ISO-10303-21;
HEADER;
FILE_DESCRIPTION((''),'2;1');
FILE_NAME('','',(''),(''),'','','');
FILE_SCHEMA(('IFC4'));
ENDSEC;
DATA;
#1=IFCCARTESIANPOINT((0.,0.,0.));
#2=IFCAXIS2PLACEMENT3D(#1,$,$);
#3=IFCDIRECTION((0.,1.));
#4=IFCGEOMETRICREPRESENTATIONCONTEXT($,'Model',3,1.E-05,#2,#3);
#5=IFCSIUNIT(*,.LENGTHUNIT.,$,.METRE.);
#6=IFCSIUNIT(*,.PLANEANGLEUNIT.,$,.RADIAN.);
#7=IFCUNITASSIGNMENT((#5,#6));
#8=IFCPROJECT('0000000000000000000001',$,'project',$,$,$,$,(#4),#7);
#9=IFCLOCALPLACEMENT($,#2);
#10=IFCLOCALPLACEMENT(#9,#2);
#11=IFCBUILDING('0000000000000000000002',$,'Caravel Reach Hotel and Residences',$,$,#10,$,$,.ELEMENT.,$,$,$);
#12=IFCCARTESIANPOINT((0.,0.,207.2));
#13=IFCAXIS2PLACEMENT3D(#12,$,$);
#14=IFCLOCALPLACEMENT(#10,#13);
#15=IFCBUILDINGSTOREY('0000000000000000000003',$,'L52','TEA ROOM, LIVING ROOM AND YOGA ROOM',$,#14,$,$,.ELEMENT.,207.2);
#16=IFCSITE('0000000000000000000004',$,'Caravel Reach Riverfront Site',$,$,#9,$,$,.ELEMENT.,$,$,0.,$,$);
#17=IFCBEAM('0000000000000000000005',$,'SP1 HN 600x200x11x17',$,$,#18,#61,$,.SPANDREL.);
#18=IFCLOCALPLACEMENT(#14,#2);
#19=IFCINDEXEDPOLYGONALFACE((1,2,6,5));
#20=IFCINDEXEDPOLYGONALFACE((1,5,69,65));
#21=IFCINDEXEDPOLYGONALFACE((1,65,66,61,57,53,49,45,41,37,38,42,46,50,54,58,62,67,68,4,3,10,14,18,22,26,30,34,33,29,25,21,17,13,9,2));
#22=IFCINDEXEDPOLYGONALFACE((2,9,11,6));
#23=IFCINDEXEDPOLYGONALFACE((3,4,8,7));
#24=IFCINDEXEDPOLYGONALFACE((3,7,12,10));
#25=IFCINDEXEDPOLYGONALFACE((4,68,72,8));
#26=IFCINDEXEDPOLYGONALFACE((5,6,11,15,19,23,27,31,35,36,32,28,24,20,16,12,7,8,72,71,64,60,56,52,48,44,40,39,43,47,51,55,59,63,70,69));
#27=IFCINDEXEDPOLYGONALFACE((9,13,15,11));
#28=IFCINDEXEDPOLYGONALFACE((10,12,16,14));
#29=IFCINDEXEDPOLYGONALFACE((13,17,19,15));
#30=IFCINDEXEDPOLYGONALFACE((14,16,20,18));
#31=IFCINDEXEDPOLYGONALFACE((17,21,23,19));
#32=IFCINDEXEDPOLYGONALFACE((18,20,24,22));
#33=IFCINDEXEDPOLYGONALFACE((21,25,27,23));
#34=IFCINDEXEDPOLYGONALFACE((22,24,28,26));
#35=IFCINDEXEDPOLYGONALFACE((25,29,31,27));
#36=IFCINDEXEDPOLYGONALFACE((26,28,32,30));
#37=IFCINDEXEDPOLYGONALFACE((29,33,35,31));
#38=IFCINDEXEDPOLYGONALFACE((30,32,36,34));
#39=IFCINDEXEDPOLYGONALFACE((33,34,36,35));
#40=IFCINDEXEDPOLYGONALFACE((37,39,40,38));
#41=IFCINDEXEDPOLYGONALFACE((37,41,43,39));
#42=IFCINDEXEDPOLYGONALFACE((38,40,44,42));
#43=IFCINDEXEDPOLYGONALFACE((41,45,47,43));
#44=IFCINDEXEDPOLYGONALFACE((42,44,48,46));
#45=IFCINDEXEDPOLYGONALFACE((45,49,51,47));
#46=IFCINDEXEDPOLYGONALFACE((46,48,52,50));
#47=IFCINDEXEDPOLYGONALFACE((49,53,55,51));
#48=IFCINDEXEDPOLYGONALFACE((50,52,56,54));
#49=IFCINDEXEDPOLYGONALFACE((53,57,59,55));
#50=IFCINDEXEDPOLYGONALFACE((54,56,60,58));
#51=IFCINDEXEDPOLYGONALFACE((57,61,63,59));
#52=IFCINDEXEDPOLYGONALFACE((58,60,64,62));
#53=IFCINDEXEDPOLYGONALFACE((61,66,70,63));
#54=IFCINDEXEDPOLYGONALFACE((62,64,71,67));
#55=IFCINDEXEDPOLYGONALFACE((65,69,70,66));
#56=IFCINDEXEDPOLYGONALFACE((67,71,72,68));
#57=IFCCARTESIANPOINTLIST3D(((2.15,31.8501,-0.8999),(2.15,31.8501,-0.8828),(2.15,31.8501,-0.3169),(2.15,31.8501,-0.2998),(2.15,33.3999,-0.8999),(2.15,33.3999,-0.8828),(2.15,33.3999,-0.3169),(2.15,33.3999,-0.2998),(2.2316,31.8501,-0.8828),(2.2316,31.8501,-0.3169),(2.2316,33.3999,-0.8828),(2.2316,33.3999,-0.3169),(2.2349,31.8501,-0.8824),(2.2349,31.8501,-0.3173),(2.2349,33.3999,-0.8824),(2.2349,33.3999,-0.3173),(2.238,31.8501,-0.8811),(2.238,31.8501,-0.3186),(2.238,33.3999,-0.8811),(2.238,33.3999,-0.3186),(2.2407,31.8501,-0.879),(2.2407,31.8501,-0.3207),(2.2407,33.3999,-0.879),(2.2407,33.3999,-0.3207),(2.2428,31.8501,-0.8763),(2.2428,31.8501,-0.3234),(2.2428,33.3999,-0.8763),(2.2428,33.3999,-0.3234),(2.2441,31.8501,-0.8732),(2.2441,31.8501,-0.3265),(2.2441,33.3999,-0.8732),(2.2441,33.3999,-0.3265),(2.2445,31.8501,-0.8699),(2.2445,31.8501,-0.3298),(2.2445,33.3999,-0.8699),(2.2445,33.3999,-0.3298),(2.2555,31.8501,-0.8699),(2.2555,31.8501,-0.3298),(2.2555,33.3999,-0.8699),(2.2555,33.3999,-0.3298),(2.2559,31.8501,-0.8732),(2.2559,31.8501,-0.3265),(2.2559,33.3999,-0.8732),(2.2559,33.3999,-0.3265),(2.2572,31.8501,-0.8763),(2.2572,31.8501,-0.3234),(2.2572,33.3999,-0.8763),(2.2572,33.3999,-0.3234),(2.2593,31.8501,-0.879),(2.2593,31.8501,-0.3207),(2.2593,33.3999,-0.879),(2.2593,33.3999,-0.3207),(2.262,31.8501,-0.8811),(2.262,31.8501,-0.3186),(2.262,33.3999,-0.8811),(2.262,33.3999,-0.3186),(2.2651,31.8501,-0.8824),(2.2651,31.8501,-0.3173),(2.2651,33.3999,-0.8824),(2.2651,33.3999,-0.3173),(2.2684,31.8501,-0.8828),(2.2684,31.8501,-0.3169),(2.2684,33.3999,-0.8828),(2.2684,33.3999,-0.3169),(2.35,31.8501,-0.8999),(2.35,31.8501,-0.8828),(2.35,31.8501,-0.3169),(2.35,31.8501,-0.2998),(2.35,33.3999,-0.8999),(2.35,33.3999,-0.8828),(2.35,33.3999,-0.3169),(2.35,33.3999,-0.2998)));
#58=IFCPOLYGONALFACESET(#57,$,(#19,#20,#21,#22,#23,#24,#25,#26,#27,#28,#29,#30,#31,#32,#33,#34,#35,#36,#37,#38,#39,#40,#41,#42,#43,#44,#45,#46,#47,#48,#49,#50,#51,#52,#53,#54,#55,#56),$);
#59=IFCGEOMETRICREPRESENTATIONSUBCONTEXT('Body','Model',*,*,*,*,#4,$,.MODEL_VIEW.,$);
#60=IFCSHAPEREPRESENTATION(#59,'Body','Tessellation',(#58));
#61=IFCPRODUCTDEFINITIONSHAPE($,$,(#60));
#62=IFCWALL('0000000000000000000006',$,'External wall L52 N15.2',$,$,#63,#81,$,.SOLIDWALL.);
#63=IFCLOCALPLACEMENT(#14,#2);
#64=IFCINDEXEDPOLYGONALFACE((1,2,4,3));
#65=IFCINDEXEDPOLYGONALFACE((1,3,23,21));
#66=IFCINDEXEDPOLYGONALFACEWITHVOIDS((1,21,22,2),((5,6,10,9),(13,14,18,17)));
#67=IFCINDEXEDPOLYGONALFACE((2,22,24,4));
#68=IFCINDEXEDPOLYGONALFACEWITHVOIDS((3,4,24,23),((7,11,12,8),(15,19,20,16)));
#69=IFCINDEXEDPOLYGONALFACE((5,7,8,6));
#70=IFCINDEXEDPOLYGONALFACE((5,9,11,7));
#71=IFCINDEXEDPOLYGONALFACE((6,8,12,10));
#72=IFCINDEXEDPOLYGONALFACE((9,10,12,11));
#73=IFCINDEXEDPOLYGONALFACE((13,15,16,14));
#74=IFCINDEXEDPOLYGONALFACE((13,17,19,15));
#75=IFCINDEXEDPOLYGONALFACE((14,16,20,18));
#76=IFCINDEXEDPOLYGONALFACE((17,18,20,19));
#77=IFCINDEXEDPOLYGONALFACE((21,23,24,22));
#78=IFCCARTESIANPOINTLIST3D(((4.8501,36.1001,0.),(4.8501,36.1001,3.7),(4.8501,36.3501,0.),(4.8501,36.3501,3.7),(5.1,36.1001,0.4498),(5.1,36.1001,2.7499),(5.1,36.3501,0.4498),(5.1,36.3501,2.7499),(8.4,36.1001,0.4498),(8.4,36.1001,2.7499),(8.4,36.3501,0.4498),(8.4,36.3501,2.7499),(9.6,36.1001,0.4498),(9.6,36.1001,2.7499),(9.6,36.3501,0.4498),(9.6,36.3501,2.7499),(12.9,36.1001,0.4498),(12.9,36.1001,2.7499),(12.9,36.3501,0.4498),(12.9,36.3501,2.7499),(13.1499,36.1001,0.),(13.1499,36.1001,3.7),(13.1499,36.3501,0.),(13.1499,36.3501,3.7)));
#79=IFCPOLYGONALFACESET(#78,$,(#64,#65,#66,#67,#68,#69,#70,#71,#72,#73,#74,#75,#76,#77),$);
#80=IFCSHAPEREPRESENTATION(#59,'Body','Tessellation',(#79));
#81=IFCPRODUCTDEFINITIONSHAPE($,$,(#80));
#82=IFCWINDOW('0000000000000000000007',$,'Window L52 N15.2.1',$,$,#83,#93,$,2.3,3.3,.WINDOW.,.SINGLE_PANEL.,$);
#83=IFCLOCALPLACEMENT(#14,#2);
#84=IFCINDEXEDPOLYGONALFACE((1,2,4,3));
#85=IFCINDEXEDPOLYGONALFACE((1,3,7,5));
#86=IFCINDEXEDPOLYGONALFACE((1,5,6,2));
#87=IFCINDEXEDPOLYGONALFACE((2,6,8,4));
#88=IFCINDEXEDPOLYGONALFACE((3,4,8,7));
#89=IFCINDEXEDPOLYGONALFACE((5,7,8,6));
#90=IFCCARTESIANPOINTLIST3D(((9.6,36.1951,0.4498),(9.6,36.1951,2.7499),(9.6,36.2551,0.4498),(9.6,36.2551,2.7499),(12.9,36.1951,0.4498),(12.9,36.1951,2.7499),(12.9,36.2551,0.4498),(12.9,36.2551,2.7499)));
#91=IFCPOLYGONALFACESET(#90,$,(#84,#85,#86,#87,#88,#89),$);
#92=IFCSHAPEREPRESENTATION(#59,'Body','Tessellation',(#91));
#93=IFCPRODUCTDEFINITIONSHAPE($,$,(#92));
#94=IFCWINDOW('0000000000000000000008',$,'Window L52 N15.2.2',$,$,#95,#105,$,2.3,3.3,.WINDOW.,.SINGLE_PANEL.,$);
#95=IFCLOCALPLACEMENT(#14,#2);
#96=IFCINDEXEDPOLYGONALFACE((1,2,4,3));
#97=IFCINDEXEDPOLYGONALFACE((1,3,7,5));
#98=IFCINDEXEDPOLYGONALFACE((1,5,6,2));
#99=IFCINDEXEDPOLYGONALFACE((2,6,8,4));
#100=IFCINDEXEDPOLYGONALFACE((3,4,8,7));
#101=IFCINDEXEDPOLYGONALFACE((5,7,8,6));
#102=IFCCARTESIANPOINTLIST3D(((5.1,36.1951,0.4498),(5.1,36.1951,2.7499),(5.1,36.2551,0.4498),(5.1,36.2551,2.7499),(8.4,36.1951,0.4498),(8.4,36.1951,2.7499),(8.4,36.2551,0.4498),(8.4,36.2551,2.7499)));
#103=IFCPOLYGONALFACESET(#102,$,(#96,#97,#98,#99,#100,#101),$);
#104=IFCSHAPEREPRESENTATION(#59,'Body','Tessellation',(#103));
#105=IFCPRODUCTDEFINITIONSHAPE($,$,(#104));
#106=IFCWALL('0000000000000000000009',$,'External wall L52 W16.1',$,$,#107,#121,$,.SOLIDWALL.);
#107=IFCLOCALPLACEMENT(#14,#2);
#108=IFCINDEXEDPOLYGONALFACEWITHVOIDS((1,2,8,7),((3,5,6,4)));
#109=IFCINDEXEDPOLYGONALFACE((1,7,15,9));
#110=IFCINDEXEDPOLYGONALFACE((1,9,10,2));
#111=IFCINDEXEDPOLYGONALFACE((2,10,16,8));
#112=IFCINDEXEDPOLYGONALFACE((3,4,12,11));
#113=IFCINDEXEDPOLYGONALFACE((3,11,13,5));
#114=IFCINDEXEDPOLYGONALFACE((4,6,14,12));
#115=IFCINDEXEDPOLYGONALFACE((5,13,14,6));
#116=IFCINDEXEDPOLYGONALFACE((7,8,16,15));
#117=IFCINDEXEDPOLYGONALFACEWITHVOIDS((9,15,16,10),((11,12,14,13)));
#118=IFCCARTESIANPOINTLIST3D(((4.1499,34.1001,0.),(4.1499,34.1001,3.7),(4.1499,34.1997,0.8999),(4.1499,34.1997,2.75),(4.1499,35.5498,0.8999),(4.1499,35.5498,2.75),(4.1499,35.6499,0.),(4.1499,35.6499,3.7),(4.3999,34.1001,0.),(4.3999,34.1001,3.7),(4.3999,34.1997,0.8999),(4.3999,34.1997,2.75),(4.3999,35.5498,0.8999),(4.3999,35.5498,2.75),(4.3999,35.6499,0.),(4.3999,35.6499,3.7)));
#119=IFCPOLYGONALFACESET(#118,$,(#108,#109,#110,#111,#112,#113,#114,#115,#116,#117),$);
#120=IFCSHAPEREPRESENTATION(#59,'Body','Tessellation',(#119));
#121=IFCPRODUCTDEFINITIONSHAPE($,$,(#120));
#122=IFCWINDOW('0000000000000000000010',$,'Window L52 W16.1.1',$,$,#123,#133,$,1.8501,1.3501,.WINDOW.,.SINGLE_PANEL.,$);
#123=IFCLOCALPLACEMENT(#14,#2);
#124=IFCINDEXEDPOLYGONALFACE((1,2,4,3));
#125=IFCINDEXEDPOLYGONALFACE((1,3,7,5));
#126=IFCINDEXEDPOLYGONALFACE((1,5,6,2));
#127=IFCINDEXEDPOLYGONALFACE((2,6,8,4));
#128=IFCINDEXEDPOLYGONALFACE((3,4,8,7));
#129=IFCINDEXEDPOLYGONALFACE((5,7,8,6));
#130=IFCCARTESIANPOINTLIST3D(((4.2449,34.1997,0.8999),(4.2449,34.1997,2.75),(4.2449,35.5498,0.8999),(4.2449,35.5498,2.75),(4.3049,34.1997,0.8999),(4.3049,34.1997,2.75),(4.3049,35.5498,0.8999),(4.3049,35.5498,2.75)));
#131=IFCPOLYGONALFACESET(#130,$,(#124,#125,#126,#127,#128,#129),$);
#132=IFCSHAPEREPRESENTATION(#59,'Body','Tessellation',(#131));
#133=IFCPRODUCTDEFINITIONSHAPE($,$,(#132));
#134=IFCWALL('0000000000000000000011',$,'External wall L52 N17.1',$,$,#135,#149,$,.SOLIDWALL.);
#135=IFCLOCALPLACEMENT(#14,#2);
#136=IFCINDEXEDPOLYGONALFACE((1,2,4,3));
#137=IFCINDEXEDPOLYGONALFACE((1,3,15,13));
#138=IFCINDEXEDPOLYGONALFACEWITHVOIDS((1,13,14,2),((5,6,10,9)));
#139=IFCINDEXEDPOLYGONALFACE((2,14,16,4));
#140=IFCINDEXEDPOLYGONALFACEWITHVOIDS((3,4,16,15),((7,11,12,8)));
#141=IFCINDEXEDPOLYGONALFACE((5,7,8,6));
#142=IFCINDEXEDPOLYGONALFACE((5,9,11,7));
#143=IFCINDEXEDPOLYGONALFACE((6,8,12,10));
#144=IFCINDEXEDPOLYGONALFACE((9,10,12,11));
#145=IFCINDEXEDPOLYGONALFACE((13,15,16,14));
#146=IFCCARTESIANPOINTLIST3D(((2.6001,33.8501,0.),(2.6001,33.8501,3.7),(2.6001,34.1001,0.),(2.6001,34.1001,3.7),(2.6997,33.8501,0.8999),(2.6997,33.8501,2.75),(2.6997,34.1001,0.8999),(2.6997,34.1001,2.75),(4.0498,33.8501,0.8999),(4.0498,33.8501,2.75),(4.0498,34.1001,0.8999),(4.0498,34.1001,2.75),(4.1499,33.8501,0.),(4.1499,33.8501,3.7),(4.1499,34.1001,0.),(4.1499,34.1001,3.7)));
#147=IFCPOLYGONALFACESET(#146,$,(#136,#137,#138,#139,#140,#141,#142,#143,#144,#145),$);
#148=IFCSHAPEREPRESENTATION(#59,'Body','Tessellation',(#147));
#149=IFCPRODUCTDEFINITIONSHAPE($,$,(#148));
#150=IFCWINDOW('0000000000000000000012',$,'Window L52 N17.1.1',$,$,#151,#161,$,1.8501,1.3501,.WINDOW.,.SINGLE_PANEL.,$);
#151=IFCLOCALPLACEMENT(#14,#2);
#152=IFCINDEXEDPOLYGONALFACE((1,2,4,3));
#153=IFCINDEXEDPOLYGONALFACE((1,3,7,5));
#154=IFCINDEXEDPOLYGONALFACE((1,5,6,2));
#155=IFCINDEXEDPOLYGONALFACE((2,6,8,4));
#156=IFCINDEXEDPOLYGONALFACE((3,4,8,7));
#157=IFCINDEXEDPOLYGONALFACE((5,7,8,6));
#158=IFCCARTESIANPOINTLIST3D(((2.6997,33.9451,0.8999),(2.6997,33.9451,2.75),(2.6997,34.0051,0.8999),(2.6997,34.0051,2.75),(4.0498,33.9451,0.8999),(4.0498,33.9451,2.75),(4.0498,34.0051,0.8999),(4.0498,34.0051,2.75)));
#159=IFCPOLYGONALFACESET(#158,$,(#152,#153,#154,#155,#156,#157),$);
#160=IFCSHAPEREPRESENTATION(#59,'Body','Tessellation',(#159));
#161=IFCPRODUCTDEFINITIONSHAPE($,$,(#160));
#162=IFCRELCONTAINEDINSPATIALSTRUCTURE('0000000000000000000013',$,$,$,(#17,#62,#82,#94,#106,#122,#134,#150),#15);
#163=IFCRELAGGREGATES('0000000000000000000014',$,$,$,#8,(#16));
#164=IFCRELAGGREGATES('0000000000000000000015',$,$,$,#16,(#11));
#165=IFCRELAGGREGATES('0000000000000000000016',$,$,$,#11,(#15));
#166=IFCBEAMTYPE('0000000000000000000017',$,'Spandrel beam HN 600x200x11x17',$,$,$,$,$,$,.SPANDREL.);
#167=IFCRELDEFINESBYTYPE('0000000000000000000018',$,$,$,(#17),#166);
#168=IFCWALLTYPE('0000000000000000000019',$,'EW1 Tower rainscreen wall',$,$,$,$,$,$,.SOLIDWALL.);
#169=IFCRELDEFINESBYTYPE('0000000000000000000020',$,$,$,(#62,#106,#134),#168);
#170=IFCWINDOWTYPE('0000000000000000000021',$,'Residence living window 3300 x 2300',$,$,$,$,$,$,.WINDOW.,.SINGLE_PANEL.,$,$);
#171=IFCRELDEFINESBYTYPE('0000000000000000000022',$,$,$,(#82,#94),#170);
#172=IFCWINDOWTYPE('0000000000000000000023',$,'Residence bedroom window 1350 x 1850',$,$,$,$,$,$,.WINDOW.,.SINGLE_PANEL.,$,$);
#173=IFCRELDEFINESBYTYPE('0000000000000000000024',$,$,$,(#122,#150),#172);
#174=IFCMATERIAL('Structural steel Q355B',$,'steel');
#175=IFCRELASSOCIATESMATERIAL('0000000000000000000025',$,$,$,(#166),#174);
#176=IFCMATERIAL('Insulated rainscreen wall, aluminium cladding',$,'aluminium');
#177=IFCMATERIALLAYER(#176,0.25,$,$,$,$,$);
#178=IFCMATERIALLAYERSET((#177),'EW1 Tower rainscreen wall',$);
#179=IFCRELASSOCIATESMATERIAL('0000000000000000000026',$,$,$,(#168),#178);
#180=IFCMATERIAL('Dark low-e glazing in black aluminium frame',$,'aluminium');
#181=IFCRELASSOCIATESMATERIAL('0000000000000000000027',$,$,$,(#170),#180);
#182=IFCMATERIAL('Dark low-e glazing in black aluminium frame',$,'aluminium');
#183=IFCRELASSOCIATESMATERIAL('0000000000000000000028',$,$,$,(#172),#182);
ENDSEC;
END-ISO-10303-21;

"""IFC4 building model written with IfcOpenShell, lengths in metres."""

from ifc_helpers import new_model, si_unit, direction, frame, frame_2d, origin, origin_2d, place, context, subcontext, project, spatial, rectangle, i_section, extrude, material, layer, layer_set, material_profile, profile_set, type_object, element, fill, save


model = new_model("IFC4")

# Units and contexts
model_context = context("Model", 3, precision=1e-05, world=origin(), true_north=direction((0.0, 1.0)))
body_context = subcontext(model_context, "Body", "Model", "MODEL_VIEW")
ifc_project = project(units=[si_unit("LENGTHUNIT", "METRE"), si_unit("PLANEANGLEUNIT", "RADIAN")], contexts=[model_context])

# Site, building, storey
site_placement = place(None, origin())
site = spatial("IfcSite", under=ifc_project, at=site_placement, Name="Caravel Reach Riverfront Site", CompositionType="ELEMENT", RefElevation=0.0)
building_placement = place(site_placement, origin())
building = spatial("IfcBuilding", under=site, at=building_placement, Name="Caravel Reach Hotel and Residences", CompositionType="ELEMENT")
storey_placement = place(building_placement, frame((0.0, 0.0, 207.2)))
storey = spatial("IfcBuildingStorey", under=building, at=storey_placement, Name="L52", Description="TEA ROOM, LIVING ROOM AND YOGA ROOM", CompositionType="ELEMENT", Elevation=207.2)

# Beam
ifc_material_1 = material(Name="Structural steel Q355B", Category="steel")
ifc_material_profile_1 = material_profile(ifc_material_1, i_section(OverallWidth=0.2, OverallDepth=0.6001, WebThickness=0.011, FlangeThickness=0.0171, FilletRadius=0.0129, at=origin_2d()), Name="HN 600x200x11x17")
ifc_profile_set_1 = profile_set([ifc_material_profile_1], Name="Structural steel Q355B")
beam_type = type_object("IfcBeamType", Name="Spandrel beam HN 600x200x11x17", PredefinedType="SPANDREL", material=ifc_profile_set_1)
for number, where, z_axis, x_axis, name in (
    (1, (2.25, 33.3999, -0.5999), (0.0, -1.0, 0.0), (1.0, 0.0, 0.0), "SP1 HN 600x200x11x17"),
):
    element("IfcBeam", number, at=place(storey_placement, frame(where, z_axis=z_axis, x_axis=x_axis)), inside=storey, type_object=beam_type, Name=name, PredefinedType="SPANDREL", context=body_context, shape_type="SweptSolid", body=[
        extrude(i_section(OverallWidth=0.2, OverallDepth=0.6001, WebThickness=0.011, FlangeThickness=0.0171, FilletRadius=0.0129, at=origin_2d()), origin(), (0.0, 0.0, 1.0), 1.5498),
    ])

# Wall, openings, windows
ifc_material_2 = material(Name="Insulated rainscreen wall, aluminium cladding", Category="aluminium")
ifc_layer = layer(ifc_material_2, 0.25)
ifc_layer_set = layer_set([ifc_layer], Name="EW1 Tower rainscreen wall")
wall_type = type_object("IfcWallType", Name="EW1 Tower rainscreen wall", PredefinedType="SOLIDWALL", material=ifc_layer_set)
wall_1_placement = place(storey_placement, frame((13.1499, 36.2251, 0.0), z_axis=(0.0, 0.0, 1.0), x_axis=(-1.0, 0.0, 0.0)))
wall_1 = element("IfcWall", 2, at=wall_1_placement, inside=storey, type_object=wall_type, Name="External wall L52 N15.2", PredefinedType="SOLIDWALL", context=body_context, shape_type="SweptSolid", body=[
    extrude(rectangle(XDim=8.2998, YDim=0.25, at=frame_2d((4.1499, 0.0))), origin(), (0.0, 0.0, 1.0), 3.7),
])
opening_1_placement = place(wall_1_placement, frame((0.25, 0.0, 0.45)))
opening_1 = element("IfcOpeningElement", 3, at=opening_1_placement, cuts=wall_1, PredefinedType="OPENING", context=body_context, shape_type="SweptSolid", body=[
    extrude(rectangle(XDim=3.3, YDim=2.3, at=frame_2d((1.6499, 1.1499))), frame((0.0, 0.135, 0.0), z_axis=(0.0, -1.0, 0.0), x_axis=(1.0, 0.0, 0.0)), (0.0, 0.0, 1.0), 0.27),
])
opening_2_placement = place(wall_1_placement, frame((4.75, 0.0, 0.45)))
opening_2 = element("IfcOpeningElement", 4, at=opening_2_placement, cuts=wall_1, PredefinedType="OPENING", context=body_context, shape_type="SweptSolid", body=[
    extrude(rectangle(XDim=3.3, YDim=2.3, at=frame_2d((1.6499, 1.1499))), frame((0.0, 0.135, 0.0), z_axis=(0.0, -1.0, 0.0), x_axis=(1.0, 0.0, 0.0)), (0.0, 0.0, 1.0), 0.27),
])
ifc_material_3 = material(Name="Dark low-e glazing in black aluminium frame", Category="aluminium")
window_type_1 = type_object("IfcWindowType", Name="Residence living window 3300 x 2300", PartitioningType="SINGLE_PANEL", PredefinedType="WINDOW", material=ifc_material_3)
window_1_placement = place(opening_1_placement, origin())
window_1 = element("IfcWindow", 5, at=window_1_placement, inside=storey, type_object=window_type_1, Name="Window L52 N15.2.1", OverallHeight=2.3, OverallWidth=3.3, PartitioningType="SINGLE_PANEL", PredefinedType="WINDOW", context=body_context, shape_type="SweptSolid", body=[
    extrude(rectangle(XDim=3.3, YDim=2.3, at=frame_2d((1.6499, 1.1499))), frame((0.0, 0.03, 0.0), z_axis=(0.0, -1.0, 0.0), x_axis=(1.0, 0.0, 0.0)), (0.0, 0.0, 1.0), 0.0601),
])
fill(opening_1, window_1)
window_2_placement = place(opening_2_placement, origin())
window_2 = element("IfcWindow", 6, at=window_2_placement, inside=storey, type_object=window_type_1, Name="Window L52 N15.2.2", OverallHeight=2.3, OverallWidth=3.3, PartitioningType="SINGLE_PANEL", PredefinedType="WINDOW", context=body_context, shape_type="SweptSolid", body=[
    extrude(rectangle(XDim=3.3, YDim=2.3, at=frame_2d((1.6499, 1.1499))), frame((0.0, 0.03, 0.0), z_axis=(0.0, -1.0, 0.0), x_axis=(1.0, 0.0, 0.0)), (0.0, 0.0, 1.0), 0.0601),
])
fill(opening_2, window_2)

# Walls, openings, windows
wall_2_placement = place(storey_placement, frame((4.2749, 35.6499, 0.0), z_axis=(0.0, 0.0, 1.0), x_axis=(0.0, -1.0, 0.0)))
wall_2 = element("IfcWall", 7, at=wall_2_placement, inside=storey, type_object=wall_type, Name="External wall L52 W16.1", PredefinedType="SOLIDWALL", context=body_context, shape_type="SweptSolid", body=[
    extrude(rectangle(XDim=1.5498, YDim=0.25, at=frame_2d((0.7749, 0.0))), origin(), (0.0, 0.0, 1.0), 3.7),
])
opening_3_placement = place(wall_2_placement, frame((0.1001, 0.0, 0.8999)))
opening_3 = element("IfcOpeningElement", 8, at=opening_3_placement, cuts=wall_2, PredefinedType="OPENING", context=body_context, shape_type="SweptSolid", body=[
    extrude(rectangle(XDim=1.3501, YDim=1.8501, at=frame_2d((0.675, 0.925))), frame((0.0, 0.135, 0.0), z_axis=(0.0, -1.0, 0.0), x_axis=(1.0, 0.0, 0.0)), (0.0, 0.0, 1.0), 0.27),
])
ifc_material_4 = material(Name="Dark low-e glazing in black aluminium frame", Category="aluminium")
window_type_2 = type_object("IfcWindowType", Name="Residence bedroom window 1350 x 1850", PartitioningType="SINGLE_PANEL", PredefinedType="WINDOW", material=ifc_material_4)
window_3_placement = place(opening_3_placement, origin())
window_3 = element("IfcWindow", 9, at=window_3_placement, inside=storey, type_object=window_type_2, Name="Window L52 W16.1.1", OverallHeight=1.8501, OverallWidth=1.3501, PartitioningType="SINGLE_PANEL", PredefinedType="WINDOW", context=body_context, shape_type="SweptSolid", body=[
    extrude(rectangle(XDim=1.3501, YDim=1.8501, at=frame_2d((0.675, 0.925))), frame((0.0, 0.03, 0.0), z_axis=(0.0, -1.0, 0.0), x_axis=(1.0, 0.0, 0.0)), (0.0, 0.0, 1.0), 0.0601),
])
fill(opening_3, window_3)
wall_3_placement = place(storey_placement, frame((4.1499, 33.9751, 0.0), z_axis=(0.0, 0.0, 1.0), x_axis=(-1.0, 0.0, 0.0)))
wall_3 = element("IfcWall", 10, at=wall_3_placement, inside=storey, type_object=wall_type, Name="External wall L52 N17.1", PredefinedType="SOLIDWALL", context=body_context, shape_type="SweptSolid", body=[
    extrude(rectangle(XDim=1.5498, YDim=0.25, at=frame_2d((0.7749, 0.0))), origin(), (0.0, 0.0, 1.0), 3.7),
])
opening_4_placement = place(wall_3_placement, frame((0.1001, 0.0, 0.8999)))
opening_4 = element("IfcOpeningElement", 11, at=opening_4_placement, cuts=wall_3, PredefinedType="OPENING", context=body_context, shape_type="SweptSolid", body=[
    extrude(rectangle(XDim=1.3501, YDim=1.8501, at=frame_2d((0.675, 0.925))), frame((0.0, 0.135, 0.0), z_axis=(0.0, -1.0, 0.0), x_axis=(1.0, 0.0, 0.0)), (0.0, 0.0, 1.0), 0.27),
])
window_4_placement = place(opening_4_placement, origin())
window_4 = element("IfcWindow", 12, at=window_4_placement, inside=storey, type_object=window_type_2, Name="Window L52 N17.1.1", OverallHeight=1.8501, OverallWidth=1.3501, PartitioningType="SINGLE_PANEL", PredefinedType="WINDOW", context=body_context, shape_type="SweptSolid", body=[
    extrude(rectangle(XDim=1.3501, YDim=1.8501, at=frame_2d((0.675, 0.925))), frame((0.0, 0.03, 0.0), z_axis=(0.0, -1.0, 0.0), x_axis=(1.0, 0.0, 0.0)), (0.0, 0.0, 1.0), 0.0601),
])
fill(opening_4, window_4)

save(model, "model.ifc")
